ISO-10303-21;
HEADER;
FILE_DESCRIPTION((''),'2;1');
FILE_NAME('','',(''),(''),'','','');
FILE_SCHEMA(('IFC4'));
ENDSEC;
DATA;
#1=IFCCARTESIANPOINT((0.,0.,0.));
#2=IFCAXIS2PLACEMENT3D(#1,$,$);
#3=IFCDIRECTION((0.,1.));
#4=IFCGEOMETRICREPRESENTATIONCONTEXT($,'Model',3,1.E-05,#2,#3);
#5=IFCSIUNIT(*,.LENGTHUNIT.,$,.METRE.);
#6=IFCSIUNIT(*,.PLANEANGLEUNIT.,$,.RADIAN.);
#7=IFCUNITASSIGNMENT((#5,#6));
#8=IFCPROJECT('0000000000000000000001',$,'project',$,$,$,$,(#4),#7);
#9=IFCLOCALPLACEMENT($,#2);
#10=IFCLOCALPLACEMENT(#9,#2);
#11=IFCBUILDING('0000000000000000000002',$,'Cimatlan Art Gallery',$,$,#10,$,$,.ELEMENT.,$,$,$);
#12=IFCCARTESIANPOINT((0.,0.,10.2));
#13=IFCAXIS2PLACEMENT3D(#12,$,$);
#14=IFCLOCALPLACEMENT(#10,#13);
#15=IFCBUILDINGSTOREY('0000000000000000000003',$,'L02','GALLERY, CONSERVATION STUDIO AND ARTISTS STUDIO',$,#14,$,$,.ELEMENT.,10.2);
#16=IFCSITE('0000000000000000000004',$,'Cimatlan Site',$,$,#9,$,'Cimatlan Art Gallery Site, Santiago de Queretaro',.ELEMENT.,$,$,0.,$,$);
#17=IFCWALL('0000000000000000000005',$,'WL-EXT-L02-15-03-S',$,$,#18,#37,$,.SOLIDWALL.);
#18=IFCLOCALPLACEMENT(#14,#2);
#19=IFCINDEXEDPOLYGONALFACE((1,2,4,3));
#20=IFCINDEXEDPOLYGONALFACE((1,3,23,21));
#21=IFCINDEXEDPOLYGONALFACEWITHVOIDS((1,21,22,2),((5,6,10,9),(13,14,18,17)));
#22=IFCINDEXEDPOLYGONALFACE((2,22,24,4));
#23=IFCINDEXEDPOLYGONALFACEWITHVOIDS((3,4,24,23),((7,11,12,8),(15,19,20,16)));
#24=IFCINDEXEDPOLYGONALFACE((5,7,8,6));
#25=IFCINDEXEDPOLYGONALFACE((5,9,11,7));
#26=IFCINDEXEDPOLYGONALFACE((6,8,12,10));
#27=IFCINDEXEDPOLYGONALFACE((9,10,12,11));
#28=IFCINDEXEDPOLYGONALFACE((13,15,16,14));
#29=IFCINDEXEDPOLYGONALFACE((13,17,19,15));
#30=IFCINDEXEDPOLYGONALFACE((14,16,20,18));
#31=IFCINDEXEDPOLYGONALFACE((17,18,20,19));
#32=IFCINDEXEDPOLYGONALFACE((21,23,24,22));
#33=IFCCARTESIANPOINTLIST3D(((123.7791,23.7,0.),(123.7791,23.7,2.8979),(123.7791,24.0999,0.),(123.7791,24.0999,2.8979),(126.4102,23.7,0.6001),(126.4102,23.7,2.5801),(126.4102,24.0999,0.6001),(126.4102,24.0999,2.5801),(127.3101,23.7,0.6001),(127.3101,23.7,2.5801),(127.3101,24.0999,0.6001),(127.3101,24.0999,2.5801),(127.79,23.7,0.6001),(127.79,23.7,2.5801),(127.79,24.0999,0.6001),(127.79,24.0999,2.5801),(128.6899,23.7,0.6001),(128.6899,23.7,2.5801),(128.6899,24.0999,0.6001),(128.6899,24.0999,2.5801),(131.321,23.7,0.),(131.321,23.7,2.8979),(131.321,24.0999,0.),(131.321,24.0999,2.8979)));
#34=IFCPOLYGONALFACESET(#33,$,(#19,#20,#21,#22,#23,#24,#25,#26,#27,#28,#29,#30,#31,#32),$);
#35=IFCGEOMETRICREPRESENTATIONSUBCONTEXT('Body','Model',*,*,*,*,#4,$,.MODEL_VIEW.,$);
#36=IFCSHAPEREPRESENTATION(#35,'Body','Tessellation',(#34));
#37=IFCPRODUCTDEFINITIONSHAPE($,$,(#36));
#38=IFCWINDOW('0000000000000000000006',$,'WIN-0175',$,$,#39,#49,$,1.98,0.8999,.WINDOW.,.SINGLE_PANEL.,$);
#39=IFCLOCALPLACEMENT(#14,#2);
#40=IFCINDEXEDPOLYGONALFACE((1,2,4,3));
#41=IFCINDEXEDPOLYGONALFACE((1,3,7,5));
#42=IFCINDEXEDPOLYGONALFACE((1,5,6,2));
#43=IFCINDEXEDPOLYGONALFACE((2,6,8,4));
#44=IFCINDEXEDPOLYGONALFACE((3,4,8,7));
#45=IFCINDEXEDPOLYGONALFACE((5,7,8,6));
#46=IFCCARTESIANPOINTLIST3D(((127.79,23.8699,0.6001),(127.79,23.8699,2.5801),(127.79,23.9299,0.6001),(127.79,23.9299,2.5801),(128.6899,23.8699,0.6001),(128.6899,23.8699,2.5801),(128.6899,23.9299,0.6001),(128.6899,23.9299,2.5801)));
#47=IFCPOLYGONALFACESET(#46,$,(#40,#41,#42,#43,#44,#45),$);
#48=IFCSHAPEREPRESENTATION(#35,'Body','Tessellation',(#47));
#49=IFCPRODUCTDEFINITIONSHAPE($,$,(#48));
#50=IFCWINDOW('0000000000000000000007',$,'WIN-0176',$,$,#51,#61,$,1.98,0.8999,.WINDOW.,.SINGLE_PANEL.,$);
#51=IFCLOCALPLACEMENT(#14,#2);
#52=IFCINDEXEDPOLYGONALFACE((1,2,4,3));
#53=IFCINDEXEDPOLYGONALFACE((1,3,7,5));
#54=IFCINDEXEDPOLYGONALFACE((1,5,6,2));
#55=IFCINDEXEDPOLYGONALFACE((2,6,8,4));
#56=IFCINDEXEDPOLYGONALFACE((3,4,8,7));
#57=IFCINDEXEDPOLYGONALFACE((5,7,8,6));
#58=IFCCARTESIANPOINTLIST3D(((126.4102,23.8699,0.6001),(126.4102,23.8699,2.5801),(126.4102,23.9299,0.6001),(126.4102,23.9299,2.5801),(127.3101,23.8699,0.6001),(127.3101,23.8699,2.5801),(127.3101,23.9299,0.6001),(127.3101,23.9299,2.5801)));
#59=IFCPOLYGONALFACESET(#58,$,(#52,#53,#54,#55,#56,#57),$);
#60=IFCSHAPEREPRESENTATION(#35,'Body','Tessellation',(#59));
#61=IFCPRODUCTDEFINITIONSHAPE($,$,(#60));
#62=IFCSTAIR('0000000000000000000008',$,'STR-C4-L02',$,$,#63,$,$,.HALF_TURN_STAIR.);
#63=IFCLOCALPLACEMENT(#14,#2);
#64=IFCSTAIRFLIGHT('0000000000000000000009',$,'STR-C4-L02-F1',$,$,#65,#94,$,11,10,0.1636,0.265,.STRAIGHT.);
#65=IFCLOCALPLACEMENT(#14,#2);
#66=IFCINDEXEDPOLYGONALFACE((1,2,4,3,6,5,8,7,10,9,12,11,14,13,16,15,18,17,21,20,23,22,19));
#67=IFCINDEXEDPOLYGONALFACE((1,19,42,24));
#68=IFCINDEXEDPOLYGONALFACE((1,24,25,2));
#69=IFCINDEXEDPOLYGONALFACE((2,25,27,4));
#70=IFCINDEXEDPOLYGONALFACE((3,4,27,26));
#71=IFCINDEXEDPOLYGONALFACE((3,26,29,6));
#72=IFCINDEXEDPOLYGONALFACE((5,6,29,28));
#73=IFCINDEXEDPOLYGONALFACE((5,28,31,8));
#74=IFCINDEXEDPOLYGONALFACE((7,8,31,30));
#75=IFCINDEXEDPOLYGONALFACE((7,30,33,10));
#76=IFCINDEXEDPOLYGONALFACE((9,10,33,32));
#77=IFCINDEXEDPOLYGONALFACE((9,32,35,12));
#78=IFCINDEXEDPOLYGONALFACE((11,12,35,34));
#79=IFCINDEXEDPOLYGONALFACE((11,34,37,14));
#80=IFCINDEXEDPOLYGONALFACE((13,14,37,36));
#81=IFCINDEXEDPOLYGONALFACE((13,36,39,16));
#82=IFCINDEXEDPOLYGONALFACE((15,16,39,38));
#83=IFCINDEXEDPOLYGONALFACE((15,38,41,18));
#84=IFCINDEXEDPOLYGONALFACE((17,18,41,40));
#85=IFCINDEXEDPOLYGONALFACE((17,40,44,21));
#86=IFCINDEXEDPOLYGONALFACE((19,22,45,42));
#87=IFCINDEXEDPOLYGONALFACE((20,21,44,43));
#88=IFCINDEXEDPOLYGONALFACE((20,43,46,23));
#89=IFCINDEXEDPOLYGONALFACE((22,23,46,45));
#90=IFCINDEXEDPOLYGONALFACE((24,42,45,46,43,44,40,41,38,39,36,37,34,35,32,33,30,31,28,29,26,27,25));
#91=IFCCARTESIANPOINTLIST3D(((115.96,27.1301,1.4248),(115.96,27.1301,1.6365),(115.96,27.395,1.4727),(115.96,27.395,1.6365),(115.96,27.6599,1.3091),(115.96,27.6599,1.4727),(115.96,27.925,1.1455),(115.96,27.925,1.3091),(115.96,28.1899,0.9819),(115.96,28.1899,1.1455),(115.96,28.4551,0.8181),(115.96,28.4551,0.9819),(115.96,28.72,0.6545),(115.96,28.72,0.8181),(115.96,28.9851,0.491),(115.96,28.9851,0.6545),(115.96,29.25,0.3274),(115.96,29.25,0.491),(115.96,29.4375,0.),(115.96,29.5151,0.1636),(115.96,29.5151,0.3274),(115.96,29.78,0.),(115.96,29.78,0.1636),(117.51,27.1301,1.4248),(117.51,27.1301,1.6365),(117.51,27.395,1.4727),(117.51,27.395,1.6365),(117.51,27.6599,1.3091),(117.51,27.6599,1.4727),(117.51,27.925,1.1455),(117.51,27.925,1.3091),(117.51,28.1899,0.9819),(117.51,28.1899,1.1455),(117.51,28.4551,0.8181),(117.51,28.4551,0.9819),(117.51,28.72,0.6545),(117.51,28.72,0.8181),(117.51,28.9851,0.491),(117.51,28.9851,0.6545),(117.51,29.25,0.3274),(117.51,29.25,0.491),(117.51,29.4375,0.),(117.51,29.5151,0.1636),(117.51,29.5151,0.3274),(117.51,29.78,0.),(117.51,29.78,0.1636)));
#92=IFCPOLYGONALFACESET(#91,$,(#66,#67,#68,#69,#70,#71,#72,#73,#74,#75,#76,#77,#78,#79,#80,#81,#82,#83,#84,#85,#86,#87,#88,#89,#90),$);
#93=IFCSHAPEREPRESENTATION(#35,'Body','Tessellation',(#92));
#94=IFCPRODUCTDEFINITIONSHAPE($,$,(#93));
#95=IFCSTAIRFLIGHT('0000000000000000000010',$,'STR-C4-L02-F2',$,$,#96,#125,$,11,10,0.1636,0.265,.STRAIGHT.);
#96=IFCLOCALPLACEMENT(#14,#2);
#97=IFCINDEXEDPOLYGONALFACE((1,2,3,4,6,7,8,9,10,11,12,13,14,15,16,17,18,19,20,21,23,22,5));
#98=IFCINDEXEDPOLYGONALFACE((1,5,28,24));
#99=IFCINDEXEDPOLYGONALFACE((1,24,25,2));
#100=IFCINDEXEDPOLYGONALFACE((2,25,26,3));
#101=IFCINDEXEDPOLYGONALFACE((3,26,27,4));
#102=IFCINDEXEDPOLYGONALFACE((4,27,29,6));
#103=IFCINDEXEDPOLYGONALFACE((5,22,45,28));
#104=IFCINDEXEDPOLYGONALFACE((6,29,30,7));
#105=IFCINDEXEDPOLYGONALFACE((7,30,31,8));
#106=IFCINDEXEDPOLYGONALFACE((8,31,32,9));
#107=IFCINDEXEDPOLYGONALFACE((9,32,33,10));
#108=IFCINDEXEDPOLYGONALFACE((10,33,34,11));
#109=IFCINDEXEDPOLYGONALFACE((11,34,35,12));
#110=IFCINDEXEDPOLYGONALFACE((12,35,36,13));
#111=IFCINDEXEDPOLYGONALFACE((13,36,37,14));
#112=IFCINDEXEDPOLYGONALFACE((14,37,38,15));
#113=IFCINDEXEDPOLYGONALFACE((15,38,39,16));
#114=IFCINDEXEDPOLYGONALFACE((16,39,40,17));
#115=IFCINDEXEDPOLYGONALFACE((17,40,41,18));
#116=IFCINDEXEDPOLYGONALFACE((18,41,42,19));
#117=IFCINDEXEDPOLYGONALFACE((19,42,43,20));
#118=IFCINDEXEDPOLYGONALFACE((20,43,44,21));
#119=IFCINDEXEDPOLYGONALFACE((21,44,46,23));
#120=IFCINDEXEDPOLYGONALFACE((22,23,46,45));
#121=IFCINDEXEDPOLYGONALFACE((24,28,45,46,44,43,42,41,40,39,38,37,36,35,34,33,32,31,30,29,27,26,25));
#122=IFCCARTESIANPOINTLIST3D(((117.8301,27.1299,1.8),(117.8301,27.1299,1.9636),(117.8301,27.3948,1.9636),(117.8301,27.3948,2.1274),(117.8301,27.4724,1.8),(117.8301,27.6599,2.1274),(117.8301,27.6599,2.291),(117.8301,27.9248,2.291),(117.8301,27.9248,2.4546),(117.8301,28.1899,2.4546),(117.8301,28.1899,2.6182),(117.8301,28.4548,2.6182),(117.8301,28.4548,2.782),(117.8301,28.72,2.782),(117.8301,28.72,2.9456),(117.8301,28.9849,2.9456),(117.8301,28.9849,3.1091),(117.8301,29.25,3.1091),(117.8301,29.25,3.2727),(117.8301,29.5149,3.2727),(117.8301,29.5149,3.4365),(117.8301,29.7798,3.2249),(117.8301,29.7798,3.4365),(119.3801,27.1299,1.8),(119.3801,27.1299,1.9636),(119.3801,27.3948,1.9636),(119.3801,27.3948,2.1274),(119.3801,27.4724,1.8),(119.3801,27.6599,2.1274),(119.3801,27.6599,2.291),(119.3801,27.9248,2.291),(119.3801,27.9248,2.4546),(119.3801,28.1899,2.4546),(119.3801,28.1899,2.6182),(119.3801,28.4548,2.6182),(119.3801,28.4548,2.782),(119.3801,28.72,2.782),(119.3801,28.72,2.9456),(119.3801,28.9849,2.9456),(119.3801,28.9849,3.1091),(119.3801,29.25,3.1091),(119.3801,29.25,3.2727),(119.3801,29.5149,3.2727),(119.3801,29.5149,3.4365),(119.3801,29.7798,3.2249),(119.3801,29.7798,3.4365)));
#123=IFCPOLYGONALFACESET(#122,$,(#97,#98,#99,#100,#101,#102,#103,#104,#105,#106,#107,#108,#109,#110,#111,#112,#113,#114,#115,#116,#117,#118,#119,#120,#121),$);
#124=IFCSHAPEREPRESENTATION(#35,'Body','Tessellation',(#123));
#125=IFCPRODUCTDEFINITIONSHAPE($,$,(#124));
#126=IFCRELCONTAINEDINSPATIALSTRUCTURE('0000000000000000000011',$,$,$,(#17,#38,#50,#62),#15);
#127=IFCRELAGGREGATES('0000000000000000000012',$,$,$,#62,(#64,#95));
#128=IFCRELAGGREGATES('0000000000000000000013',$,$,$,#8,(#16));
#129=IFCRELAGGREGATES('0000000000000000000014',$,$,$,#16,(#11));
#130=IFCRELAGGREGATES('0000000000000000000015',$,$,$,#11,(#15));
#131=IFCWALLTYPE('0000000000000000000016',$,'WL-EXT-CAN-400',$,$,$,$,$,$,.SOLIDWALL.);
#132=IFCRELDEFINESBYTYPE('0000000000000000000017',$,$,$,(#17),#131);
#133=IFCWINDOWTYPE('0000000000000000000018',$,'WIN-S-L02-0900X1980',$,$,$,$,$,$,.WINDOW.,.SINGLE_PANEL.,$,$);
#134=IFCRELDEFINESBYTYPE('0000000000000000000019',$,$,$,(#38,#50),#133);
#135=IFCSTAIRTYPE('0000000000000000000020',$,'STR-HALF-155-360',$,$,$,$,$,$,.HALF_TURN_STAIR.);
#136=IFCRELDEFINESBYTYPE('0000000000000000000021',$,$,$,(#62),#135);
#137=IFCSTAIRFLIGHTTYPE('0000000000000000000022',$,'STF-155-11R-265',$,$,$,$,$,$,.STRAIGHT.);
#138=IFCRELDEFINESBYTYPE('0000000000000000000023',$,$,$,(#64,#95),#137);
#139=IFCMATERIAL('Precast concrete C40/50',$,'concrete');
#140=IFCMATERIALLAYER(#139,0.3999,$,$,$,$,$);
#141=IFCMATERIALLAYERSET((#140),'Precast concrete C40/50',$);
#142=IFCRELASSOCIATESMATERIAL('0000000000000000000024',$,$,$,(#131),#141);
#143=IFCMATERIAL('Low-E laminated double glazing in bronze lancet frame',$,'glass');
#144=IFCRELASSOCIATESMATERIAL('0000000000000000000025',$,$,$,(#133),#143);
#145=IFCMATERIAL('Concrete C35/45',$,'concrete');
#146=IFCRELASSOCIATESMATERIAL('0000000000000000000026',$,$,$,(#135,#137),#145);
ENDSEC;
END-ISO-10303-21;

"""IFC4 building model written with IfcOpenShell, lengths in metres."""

from ifc_helpers import new_model, si_unit, direction, frame, frame_2d, origin, place, context, subcontext, project, spatial, polyline, rectangle, outline, extrude, material, layer, layer_set, type_object, element, fill, aggregate, save


model = new_model("IFC4")

# Units and contexts
model_context = context("Model", 3, precision=1e-05, world=origin(), true_north=direction((0.0, 1.0)))
body_context = subcontext(model_context, "Body", "Model", "MODEL_VIEW")
ifc_project = project(units=[si_unit("LENGTHUNIT", "METRE"), si_unit("PLANEANGLEUNIT", "RADIAN")], contexts=[model_context])

# Site, building, storey
site_placement = place(None, origin())
site = spatial("IfcSite", under=ifc_project, at=site_placement, Name="Cimatlan Site", LongName="Cimatlan Art Gallery Site, Santiago de Queretaro", CompositionType="ELEMENT", RefElevation=0.0)
building_placement = place(site_placement, origin())
building = spatial("IfcBuilding", under=site, at=building_placement, Name="Cimatlan Art Gallery", CompositionType="ELEMENT")
storey_placement = place(building_placement, frame((0.0, 0.0, 10.2)))
storey = spatial("IfcBuildingStorey", under=building, at=storey_placement, Name="L02", Description="GALLERY, CONSERVATION STUDIO AND ARTISTS STUDIO", CompositionType="ELEMENT", Elevation=10.2)

# Shared definitions
ifc_material_1 = material(Name="Precast concrete C40/50", Category="concrete")

# Wall, openings, windows
ifc_layer_1 = layer(ifc_material_1, 0.3999)
ifc_layer_set_1 = layer_set([ifc_layer_1], Name="Precast concrete C40/50")
wall_type_1 = type_object("IfcWallType", Name="WL-EXT-CAN-400", PredefinedType="SOLIDWALL", material=ifc_layer_set_1)
wall_1_placement = place(storey_placement, frame((131.321, 23.8999, 0.0), z_axis=(0.0, 0.0, 1.0), x_axis=(-1.0, 0.0, 0.0)))
wall_1 = element("IfcWall", 1, at=wall_1_placement, inside=storey, type_object=wall_type_1, Name="WL-EXT-L02-15-03-S", PredefinedType="SOLIDWALL", context=body_context, shape_type="SweptSolid", body=[
    extrude(rectangle(XDim=7.542, YDim=0.3999, at=frame_2d((3.771, 0.0))), origin(), (0.0, 0.0, 1.0), 2.8979),
])
opening_1_placement = place(wall_1_placement, frame((2.6311, 0.0, 0.6001)))
opening_1 = element("IfcOpeningElement", 2, at=opening_1_placement, cuts=wall_1, PredefinedType="OPENING", context=body_context, shape_type="SweptSolid", body=[
    extrude(rectangle(XDim=0.8999, YDim=1.98, at=frame_2d((0.45, 0.99))), frame((0.0, 0.21, 0.0), z_axis=(0.0, -1.0, 0.0), x_axis=(1.0, 0.0, 0.0)), (0.0, 0.0, 1.0), 0.4199),
])
opening_2_placement = place(wall_1_placement, frame((4.011, 0.0, 0.6001)))
opening_2 = element("IfcOpeningElement", 3, at=opening_2_placement, cuts=wall_1, PredefinedType="OPENING", context=body_context, shape_type="SweptSolid", body=[
    extrude(rectangle(XDim=0.8999, YDim=1.98, at=frame_2d((0.45, 0.99))), frame((0.0, 0.21, 0.0), z_axis=(0.0, -1.0, 0.0), x_axis=(1.0, 0.0, 0.0)), (0.0, 0.0, 1.0), 0.4199),
])
ifc_material_2 = material(Name="Low-E laminated double glazing in bronze lancet frame", Category="glass")
window_type = type_object("IfcWindowType", Name="WIN-S-L02-0900X1980", PartitioningType="SINGLE_PANEL", PredefinedType="WINDOW", material=ifc_material_2)
window_1_placement = place(opening_1_placement, origin())
window_1 = element("IfcWindow", 4, at=window_1_placement, inside=storey, type_object=window_type, Name="WIN-0175", OverallHeight=1.98, OverallWidth=0.8999, PartitioningType="SINGLE_PANEL", PredefinedType="WINDOW", context=body_context, shape_type="SweptSolid", body=[
    extrude(rectangle(XDim=0.8999, YDim=1.98, at=frame_2d((0.45, 0.99))), frame((0.0, 0.03, 0.0), z_axis=(0.0, -1.0, 0.0), x_axis=(1.0, 0.0, 0.0)), (0.0, 0.0, 1.0), 0.0601),
])
fill(opening_1, window_1)
window_2_placement = place(opening_2_placement, origin())
window_2 = element("IfcWindow", 5, at=window_2_placement, inside=storey, type_object=window_type, Name="WIN-0176", OverallHeight=1.98, OverallWidth=0.8999, PartitioningType="SINGLE_PANEL", PredefinedType="WINDOW", context=body_context, shape_type="SweptSolid", body=[
    extrude(rectangle(XDim=0.8999, YDim=1.98, at=frame_2d((0.45, 0.99))), frame((0.0, 0.03, 0.0), z_axis=(0.0, -1.0, 0.0), x_axis=(1.0, 0.0, 0.0)), (0.0, 0.0, 1.0), 0.0601),
])
fill(opening_2, window_2)

# Stair, stair flights
ifc_material_3 = material(Name="Concrete C35/45", Category="concrete")
stair_type = type_object("IfcStairType", Name="STR-HALF-155-360", PredefinedType="HALF_TURN_STAIR", material=ifc_material_3)
stair_placement = place(storey_placement, origin())
stair = element("IfcStair", 6, at=stair_placement, inside=storey, type_object=stair_type, Name="STR-C4-L02", PredefinedType="HALF_TURN_STAIR")
stair_flight_type = type_object("IfcStairFlightType", Name="STF-155-11R-265", PredefinedType="STRAIGHT", material=ifc_material_3)
stair_flight_1_placement = place(storey_placement, frame((116.7351, 29.78, 0.0), z_axis=(0.0, 0.0, 1.0), x_axis=(0.0, -1.0, 0.0)))
stair_flight_1 = element("IfcStairFlight", 7, at=stair_flight_1_placement, type_object=stair_flight_type, Name="STR-C4-L02-F1", NumberOfRisers=11, NumberOfTreads=10, PredefinedType="STRAIGHT", RiserHeight=0.1636, TreadLength=0.265, context=body_context, shape_type="SweptSolid", body=[
    extrude(outline(polyline([(0.0, 0.0), (0.0, 0.1636), (0.2649, 0.1636), (0.2649, 0.3274), (0.53, 0.3274), (0.53, 0.491), (0.7949, 0.491), (0.7949, 0.6545), (1.0601, 0.6545), (1.0601, 0.8181), (1.325, 0.8181), (1.325, 0.9819), (1.5901, 0.9819), (1.5901, 1.1455), (1.855, 1.1455), (1.855, 1.3091), (2.1201, 1.3091), (2.1201, 1.4727), (2.385, 1.4727), (2.385, 1.6365), (2.6499, 1.6365), (2.6499, 1.8), (2.6499, 1.4248), (0.3425, 0.0), (0.0, 0.0)])), frame((0.0, 0.7749, 0.0), z_axis=(0.0, -1.0, 0.0), x_axis=(1.0, 0.0, 0.0)), (0.0, 0.0, 1.0), 1.55),
])
stair_flight_2_placement = place(storey_placement, frame((118.605, 27.1299, 1.8), z_axis=(0.0, 0.0, 1.0), x_axis=(0.0, 1.0, 0.0)))
stair_flight_2 = element("IfcStairFlight", 8, at=stair_flight_2_placement, type_object=stair_flight_type, Name="STR-C4-L02-F2", NumberOfRisers=11, NumberOfTreads=10, PredefinedType="STRAIGHT", RiserHeight=0.1636, TreadLength=0.265, context=body_context, shape_type="SweptSolid", body=[
    extrude(outline(polyline([(0.0, 0.0), (0.0, 0.1636), (0.2649, 0.1636), (0.2649, 0.3274), (0.53, 0.3274), (0.53, 0.491), (0.7949, 0.491), (0.7949, 0.6545), (1.0601, 0.6545), (1.0601, 0.8181), (1.325, 0.8181), (1.325, 0.9819), (1.5901, 0.9819), (1.5901, 1.1455), (1.855, 1.1455), (1.855, 1.3091), (2.1201, 1.3091), (2.1201, 1.4727), (2.385, 1.4727), (2.385, 1.6365), (2.6499, 1.6365), (2.6499, 1.8), (2.6499, 1.4248), (0.3425, 0.0), (0.0, 0.0)])), frame((0.0, 0.7749, 0.0), z_axis=(0.0, -1.0, 0.0), x_axis=(1.0, 0.0, 0.0)), (0.0, 0.0, 1.0), 1.55),
])
aggregate(stair, [stair_flight_1, stair_flight_2])

save(model, "model.ifc")
